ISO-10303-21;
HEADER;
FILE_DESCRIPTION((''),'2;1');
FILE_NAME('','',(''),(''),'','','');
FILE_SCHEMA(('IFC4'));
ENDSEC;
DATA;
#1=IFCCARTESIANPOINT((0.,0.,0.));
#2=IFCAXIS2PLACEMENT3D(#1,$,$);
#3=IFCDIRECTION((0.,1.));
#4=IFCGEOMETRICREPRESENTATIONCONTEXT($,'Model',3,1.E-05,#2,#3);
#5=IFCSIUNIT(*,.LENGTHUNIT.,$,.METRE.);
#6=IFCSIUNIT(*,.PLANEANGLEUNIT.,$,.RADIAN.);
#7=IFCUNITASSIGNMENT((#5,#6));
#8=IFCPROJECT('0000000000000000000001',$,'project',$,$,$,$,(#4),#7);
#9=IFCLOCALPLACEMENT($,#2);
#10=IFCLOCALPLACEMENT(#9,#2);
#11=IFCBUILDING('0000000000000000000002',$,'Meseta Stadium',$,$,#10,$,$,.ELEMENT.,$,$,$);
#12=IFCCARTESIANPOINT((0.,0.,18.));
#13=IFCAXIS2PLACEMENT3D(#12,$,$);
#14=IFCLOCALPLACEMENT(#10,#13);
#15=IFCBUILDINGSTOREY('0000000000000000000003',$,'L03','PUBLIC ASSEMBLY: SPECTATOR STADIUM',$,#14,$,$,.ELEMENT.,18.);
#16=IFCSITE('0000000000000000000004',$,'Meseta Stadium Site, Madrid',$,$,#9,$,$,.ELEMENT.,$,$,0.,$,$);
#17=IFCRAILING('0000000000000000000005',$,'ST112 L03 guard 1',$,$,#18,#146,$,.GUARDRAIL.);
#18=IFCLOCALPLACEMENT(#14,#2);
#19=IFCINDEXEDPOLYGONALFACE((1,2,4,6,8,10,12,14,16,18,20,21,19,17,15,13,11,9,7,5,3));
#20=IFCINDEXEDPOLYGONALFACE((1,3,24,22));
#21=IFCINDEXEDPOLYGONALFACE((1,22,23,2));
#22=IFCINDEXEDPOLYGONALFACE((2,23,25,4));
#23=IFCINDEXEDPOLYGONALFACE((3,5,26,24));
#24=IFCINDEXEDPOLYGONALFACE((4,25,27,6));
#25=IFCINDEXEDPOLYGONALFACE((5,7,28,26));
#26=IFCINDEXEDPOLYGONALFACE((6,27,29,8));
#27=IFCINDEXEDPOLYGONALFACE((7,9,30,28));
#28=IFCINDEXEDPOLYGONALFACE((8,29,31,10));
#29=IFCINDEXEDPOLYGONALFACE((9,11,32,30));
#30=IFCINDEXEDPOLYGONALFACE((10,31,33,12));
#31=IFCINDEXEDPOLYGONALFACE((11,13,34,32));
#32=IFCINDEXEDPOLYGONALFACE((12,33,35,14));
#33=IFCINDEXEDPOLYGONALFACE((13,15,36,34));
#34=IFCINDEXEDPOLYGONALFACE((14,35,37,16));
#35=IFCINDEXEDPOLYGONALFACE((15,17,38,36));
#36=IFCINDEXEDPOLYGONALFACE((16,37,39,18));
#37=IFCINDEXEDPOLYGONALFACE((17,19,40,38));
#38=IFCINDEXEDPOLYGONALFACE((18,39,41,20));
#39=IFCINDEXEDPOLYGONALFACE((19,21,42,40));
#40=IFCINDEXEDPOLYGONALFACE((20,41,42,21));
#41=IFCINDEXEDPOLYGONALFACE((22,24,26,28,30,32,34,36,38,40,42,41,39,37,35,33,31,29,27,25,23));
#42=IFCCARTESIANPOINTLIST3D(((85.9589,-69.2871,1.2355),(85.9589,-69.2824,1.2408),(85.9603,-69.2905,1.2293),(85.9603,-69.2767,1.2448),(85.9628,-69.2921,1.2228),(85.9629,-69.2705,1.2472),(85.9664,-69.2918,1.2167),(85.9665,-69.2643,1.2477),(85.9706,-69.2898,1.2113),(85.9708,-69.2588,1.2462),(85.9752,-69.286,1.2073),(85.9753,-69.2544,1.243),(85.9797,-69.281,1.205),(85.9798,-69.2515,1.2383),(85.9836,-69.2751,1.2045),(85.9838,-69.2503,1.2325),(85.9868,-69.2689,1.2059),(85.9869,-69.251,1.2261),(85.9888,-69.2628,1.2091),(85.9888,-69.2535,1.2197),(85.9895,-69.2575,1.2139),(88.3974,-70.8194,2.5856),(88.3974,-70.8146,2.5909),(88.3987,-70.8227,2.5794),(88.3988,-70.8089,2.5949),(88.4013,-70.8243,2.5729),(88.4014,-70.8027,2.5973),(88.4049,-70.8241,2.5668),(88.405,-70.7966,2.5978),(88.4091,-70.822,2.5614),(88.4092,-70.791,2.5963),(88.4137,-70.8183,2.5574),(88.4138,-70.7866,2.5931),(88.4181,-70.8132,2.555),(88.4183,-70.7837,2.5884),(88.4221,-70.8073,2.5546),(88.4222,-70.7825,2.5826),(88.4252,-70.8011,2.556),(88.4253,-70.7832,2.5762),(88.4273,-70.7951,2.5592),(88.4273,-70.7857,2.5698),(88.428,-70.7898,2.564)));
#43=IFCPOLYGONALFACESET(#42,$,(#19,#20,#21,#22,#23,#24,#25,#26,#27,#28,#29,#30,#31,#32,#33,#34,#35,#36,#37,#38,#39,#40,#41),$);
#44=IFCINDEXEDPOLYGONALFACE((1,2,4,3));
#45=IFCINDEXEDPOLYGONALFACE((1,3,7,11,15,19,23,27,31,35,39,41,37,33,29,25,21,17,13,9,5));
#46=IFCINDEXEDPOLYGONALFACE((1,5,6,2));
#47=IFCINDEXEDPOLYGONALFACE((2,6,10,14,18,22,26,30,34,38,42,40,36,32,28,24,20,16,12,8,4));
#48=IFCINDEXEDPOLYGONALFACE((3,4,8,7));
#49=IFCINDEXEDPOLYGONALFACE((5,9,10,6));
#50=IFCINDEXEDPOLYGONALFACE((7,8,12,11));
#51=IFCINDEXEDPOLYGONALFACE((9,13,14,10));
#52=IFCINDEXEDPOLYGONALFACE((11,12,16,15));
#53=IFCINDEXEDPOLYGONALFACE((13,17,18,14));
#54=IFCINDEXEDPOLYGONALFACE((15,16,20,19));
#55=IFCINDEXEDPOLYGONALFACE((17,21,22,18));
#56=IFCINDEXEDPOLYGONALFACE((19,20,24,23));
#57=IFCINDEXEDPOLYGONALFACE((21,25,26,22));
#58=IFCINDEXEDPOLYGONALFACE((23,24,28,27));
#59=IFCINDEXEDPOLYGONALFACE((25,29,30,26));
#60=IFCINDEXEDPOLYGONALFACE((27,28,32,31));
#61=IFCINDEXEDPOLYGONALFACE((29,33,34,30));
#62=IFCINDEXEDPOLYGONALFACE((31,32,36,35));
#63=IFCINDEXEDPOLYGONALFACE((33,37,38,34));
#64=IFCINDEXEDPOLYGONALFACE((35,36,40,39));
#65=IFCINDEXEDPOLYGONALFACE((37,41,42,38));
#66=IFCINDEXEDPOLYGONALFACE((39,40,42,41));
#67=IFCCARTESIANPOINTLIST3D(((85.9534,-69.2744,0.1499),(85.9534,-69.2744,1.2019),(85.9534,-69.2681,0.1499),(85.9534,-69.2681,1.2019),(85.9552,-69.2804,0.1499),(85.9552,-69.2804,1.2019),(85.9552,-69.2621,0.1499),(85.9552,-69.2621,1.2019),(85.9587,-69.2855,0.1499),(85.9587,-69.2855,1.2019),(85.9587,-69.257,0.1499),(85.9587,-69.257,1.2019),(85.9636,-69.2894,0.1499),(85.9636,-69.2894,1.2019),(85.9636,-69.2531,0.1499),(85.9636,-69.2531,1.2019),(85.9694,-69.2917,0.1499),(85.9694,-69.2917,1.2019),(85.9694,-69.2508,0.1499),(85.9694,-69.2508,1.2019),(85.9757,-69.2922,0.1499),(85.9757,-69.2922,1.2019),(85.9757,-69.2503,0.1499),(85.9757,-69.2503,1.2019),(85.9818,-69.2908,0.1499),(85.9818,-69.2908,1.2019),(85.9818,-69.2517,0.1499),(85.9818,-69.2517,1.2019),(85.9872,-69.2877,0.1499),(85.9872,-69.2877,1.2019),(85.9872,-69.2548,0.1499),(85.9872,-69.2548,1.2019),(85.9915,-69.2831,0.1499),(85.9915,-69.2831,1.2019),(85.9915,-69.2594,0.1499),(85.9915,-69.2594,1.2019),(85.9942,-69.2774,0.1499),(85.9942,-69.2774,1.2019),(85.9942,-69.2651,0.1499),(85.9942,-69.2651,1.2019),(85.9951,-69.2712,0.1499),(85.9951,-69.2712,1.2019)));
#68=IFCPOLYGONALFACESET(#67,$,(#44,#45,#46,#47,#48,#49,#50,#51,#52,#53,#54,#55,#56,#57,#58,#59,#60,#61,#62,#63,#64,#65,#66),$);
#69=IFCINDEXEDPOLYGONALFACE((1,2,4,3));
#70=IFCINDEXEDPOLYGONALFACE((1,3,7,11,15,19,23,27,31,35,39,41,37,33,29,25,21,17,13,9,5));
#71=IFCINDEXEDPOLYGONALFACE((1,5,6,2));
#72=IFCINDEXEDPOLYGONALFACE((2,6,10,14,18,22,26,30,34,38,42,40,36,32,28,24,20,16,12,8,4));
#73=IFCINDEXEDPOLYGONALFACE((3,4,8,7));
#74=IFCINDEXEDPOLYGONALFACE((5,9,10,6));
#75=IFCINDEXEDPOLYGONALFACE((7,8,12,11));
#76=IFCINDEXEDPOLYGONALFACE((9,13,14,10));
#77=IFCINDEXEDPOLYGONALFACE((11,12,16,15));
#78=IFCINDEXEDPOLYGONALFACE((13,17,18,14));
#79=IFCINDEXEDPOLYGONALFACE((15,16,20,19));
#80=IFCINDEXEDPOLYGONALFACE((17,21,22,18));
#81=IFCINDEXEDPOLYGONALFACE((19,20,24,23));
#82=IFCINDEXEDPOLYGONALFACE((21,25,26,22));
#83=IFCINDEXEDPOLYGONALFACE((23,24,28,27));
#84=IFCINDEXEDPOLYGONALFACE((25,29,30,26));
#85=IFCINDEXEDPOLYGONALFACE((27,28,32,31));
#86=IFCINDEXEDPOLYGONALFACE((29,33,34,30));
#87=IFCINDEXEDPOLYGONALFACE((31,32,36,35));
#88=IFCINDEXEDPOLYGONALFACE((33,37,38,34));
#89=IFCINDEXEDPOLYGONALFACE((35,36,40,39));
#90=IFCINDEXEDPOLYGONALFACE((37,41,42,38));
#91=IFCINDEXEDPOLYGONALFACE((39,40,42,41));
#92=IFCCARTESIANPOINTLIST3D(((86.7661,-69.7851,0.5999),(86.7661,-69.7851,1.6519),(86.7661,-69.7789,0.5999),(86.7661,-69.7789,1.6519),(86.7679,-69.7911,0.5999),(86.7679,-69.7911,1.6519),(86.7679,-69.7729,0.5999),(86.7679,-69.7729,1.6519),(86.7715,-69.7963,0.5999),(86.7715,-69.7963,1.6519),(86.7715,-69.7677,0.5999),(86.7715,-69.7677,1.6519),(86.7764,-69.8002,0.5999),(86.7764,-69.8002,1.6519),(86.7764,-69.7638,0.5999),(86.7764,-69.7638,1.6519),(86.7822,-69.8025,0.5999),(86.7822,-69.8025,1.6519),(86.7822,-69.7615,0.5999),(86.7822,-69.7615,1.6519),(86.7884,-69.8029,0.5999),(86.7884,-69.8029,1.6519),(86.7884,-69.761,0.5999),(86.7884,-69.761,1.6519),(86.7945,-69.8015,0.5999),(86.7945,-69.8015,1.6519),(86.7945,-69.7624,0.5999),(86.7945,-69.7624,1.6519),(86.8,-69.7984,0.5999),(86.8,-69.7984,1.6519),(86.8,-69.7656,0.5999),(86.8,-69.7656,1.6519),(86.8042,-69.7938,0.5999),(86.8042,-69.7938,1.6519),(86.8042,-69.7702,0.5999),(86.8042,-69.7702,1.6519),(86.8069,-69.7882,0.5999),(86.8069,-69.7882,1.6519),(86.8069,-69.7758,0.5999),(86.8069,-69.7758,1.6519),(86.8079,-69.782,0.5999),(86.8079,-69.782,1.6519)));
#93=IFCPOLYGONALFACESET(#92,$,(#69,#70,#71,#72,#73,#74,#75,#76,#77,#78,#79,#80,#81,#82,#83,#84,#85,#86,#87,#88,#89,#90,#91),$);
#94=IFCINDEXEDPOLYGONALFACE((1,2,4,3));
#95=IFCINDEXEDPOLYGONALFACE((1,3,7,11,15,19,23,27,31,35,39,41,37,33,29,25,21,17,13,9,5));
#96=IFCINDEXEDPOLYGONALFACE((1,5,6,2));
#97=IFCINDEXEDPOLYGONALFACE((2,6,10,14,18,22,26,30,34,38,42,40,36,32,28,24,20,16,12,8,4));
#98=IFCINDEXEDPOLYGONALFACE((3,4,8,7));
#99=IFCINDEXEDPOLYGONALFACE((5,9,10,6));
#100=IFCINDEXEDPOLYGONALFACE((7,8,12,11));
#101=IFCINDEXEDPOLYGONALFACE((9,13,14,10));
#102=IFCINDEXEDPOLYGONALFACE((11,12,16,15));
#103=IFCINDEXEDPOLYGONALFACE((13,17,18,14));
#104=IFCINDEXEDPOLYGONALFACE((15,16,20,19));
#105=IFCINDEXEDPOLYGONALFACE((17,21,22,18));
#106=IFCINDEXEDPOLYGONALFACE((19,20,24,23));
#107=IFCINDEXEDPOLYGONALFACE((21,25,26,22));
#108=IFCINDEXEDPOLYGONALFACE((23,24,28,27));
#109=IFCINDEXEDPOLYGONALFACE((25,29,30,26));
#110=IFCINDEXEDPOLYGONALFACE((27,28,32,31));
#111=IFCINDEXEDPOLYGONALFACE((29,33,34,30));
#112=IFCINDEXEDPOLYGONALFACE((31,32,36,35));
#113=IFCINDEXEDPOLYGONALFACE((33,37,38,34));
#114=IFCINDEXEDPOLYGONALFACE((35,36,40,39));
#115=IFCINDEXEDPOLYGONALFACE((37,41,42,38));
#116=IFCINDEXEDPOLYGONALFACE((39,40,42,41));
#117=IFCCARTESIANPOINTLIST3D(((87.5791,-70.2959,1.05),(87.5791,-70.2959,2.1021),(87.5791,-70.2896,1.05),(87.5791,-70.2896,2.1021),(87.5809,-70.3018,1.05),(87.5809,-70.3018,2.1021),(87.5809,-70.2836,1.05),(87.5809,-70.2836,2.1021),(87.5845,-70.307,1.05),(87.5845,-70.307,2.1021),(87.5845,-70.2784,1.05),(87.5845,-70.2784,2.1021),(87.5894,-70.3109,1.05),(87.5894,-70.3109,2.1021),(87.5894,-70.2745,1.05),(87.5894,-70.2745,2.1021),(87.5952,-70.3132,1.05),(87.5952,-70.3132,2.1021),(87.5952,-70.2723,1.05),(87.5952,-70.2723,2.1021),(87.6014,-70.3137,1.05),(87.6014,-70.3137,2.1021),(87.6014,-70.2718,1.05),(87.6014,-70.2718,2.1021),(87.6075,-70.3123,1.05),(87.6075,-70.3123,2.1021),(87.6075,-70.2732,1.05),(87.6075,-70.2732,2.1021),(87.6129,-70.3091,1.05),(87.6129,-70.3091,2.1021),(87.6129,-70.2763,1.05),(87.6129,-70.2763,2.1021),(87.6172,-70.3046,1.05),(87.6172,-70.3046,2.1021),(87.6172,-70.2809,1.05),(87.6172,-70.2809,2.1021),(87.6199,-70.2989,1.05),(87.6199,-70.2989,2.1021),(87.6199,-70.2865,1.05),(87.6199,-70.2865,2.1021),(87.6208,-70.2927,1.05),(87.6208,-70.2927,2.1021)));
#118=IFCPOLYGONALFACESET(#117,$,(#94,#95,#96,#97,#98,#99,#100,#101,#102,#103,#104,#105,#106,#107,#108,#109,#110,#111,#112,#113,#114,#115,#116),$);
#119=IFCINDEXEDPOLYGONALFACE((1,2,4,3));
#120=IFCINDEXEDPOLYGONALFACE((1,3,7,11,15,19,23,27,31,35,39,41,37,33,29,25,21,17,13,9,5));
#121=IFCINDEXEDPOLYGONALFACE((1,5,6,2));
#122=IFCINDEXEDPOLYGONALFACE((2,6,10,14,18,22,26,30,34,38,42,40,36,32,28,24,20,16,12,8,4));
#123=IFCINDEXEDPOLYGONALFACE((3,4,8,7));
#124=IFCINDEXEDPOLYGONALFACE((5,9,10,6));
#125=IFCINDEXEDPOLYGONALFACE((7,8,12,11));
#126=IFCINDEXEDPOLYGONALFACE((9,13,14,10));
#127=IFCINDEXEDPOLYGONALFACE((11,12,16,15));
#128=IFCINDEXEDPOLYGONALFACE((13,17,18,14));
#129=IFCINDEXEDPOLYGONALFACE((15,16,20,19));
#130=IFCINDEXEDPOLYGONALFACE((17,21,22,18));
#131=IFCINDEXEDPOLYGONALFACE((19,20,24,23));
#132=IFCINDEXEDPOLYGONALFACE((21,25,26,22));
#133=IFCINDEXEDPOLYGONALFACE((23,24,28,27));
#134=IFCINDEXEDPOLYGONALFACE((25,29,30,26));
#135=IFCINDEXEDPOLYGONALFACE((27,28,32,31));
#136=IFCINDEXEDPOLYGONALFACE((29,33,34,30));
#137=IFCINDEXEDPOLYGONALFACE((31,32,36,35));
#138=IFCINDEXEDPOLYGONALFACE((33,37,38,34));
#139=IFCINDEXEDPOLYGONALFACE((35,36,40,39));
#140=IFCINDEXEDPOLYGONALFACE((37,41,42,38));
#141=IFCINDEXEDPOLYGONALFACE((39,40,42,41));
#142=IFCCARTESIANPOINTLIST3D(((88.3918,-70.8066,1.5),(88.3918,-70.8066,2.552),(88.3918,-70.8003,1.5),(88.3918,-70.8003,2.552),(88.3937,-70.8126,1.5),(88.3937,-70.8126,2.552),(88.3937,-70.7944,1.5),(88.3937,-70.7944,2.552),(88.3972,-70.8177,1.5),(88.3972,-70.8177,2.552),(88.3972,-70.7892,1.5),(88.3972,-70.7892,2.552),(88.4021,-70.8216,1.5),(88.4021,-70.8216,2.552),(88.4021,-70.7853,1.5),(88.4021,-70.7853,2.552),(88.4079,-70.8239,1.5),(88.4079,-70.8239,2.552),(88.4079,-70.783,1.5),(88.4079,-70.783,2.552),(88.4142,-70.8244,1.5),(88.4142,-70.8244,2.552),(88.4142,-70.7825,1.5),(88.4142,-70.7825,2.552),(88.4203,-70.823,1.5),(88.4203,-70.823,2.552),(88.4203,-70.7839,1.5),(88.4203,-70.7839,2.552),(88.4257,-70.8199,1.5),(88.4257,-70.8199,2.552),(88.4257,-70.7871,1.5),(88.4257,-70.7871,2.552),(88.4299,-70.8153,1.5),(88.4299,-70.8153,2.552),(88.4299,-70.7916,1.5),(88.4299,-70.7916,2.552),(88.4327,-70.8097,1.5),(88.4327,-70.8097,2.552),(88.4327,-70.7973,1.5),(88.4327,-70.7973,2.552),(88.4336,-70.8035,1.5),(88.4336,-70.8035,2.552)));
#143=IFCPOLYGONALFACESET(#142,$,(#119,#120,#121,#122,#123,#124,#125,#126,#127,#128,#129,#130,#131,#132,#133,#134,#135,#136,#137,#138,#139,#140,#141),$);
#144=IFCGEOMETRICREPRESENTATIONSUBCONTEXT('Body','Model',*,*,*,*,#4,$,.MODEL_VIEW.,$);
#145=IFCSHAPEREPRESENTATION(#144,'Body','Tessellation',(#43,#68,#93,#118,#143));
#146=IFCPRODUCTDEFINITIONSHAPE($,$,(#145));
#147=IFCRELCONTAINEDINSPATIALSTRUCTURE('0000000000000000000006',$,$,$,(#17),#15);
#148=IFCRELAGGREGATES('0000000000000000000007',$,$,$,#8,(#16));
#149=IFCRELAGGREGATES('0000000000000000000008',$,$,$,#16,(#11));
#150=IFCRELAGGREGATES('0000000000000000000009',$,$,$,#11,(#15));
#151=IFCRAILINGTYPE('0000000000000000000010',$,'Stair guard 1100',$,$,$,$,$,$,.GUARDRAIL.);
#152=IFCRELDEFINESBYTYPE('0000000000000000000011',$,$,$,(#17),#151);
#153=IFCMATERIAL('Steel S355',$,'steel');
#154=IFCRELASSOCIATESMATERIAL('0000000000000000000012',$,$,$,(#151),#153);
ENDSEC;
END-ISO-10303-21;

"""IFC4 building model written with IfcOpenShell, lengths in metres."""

from ifc_helpers import new_model, si_unit, direction, frame, origin, origin_2d, place, context, subcontext, project, spatial, circle, extrude, material, type_object, element, save


model = new_model("IFC4")

# Units and contexts
model_context = context("Model", 3, precision=1e-05, world=origin(), true_north=direction((0.0, 1.0)))
body_context = subcontext(model_context, "Body", "Model", "MODEL_VIEW")
ifc_project = project(units=[si_unit("LENGTHUNIT", "METRE"), si_unit("PLANEANGLEUNIT", "RADIAN")], contexts=[model_context])

# Site, building, storey
site_placement = place(None, origin())
site = spatial("IfcSite", under=ifc_project, at=site_placement, Name="Meseta Stadium Site, Madrid", CompositionType="ELEMENT", RefElevation=0.0)
building_placement = place(site_placement, origin())
building = spatial("IfcBuilding", under=site, at=building_placement, Name="Meseta Stadium", CompositionType="ELEMENT")
storey_placement = place(building_placement, frame((0.0, 0.0, 18.0)))
storey = spatial("IfcBuildingStorey", under=building, at=storey_placement, Name="L03", Description="PUBLIC ASSEMBLY: SPECTATOR STADIUM", CompositionType="ELEMENT", Elevation=18.0)

# Railing
ifc_material_1 = material(Name="Steel S355", Category="steel")
railing_type_1 = type_object("IfcRailingType", Name="Stair guard 1100", PredefinedType="GUARDRAIL", material=ifc_material_1)
railing_1_placement = place(storey_placement, frame((85.9741, -69.2712, 0.1499)))
element("IfcRailing", 1, at=railing_1_placement, inside=storey, type_object=railing_type_1, Name="ST112 L03 guard 1", PredefinedType="GUARDRAIL", context=body_context, shape_type="SweptSolid", body=[
    extrude(circle(Radius=0.0239, at=origin_2d()), frame((0.0, 0.0, 1.0762), z_axis=(0.766655, -0.481731, 0.42447), x_axis=(0.53204, 0.846719, 0.0)), (0.0, 0.0, 1.0), 3.1807),
    extrude(circle(Radius=0.021, at=origin_2d()), origin(), (0.0, 0.0, 1.0), 1.052),
    extrude(circle(Radius=0.021, at=origin_2d()), frame((0.8127, -0.5107, 0.45)), (0.0, 0.0, 1.0), 1.052),
    extrude(circle(Radius=0.021, at=origin_2d()), frame((1.6257, -1.0215, 0.9001)), (0.0, 0.0, 1.0), 1.052),
    extrude(circle(Radius=0.021, at=origin_2d()), frame((2.4385, -1.5322, 1.3501)), (0.0, 0.0, 1.0), 1.052),
])

save(model, "model.ifc")
